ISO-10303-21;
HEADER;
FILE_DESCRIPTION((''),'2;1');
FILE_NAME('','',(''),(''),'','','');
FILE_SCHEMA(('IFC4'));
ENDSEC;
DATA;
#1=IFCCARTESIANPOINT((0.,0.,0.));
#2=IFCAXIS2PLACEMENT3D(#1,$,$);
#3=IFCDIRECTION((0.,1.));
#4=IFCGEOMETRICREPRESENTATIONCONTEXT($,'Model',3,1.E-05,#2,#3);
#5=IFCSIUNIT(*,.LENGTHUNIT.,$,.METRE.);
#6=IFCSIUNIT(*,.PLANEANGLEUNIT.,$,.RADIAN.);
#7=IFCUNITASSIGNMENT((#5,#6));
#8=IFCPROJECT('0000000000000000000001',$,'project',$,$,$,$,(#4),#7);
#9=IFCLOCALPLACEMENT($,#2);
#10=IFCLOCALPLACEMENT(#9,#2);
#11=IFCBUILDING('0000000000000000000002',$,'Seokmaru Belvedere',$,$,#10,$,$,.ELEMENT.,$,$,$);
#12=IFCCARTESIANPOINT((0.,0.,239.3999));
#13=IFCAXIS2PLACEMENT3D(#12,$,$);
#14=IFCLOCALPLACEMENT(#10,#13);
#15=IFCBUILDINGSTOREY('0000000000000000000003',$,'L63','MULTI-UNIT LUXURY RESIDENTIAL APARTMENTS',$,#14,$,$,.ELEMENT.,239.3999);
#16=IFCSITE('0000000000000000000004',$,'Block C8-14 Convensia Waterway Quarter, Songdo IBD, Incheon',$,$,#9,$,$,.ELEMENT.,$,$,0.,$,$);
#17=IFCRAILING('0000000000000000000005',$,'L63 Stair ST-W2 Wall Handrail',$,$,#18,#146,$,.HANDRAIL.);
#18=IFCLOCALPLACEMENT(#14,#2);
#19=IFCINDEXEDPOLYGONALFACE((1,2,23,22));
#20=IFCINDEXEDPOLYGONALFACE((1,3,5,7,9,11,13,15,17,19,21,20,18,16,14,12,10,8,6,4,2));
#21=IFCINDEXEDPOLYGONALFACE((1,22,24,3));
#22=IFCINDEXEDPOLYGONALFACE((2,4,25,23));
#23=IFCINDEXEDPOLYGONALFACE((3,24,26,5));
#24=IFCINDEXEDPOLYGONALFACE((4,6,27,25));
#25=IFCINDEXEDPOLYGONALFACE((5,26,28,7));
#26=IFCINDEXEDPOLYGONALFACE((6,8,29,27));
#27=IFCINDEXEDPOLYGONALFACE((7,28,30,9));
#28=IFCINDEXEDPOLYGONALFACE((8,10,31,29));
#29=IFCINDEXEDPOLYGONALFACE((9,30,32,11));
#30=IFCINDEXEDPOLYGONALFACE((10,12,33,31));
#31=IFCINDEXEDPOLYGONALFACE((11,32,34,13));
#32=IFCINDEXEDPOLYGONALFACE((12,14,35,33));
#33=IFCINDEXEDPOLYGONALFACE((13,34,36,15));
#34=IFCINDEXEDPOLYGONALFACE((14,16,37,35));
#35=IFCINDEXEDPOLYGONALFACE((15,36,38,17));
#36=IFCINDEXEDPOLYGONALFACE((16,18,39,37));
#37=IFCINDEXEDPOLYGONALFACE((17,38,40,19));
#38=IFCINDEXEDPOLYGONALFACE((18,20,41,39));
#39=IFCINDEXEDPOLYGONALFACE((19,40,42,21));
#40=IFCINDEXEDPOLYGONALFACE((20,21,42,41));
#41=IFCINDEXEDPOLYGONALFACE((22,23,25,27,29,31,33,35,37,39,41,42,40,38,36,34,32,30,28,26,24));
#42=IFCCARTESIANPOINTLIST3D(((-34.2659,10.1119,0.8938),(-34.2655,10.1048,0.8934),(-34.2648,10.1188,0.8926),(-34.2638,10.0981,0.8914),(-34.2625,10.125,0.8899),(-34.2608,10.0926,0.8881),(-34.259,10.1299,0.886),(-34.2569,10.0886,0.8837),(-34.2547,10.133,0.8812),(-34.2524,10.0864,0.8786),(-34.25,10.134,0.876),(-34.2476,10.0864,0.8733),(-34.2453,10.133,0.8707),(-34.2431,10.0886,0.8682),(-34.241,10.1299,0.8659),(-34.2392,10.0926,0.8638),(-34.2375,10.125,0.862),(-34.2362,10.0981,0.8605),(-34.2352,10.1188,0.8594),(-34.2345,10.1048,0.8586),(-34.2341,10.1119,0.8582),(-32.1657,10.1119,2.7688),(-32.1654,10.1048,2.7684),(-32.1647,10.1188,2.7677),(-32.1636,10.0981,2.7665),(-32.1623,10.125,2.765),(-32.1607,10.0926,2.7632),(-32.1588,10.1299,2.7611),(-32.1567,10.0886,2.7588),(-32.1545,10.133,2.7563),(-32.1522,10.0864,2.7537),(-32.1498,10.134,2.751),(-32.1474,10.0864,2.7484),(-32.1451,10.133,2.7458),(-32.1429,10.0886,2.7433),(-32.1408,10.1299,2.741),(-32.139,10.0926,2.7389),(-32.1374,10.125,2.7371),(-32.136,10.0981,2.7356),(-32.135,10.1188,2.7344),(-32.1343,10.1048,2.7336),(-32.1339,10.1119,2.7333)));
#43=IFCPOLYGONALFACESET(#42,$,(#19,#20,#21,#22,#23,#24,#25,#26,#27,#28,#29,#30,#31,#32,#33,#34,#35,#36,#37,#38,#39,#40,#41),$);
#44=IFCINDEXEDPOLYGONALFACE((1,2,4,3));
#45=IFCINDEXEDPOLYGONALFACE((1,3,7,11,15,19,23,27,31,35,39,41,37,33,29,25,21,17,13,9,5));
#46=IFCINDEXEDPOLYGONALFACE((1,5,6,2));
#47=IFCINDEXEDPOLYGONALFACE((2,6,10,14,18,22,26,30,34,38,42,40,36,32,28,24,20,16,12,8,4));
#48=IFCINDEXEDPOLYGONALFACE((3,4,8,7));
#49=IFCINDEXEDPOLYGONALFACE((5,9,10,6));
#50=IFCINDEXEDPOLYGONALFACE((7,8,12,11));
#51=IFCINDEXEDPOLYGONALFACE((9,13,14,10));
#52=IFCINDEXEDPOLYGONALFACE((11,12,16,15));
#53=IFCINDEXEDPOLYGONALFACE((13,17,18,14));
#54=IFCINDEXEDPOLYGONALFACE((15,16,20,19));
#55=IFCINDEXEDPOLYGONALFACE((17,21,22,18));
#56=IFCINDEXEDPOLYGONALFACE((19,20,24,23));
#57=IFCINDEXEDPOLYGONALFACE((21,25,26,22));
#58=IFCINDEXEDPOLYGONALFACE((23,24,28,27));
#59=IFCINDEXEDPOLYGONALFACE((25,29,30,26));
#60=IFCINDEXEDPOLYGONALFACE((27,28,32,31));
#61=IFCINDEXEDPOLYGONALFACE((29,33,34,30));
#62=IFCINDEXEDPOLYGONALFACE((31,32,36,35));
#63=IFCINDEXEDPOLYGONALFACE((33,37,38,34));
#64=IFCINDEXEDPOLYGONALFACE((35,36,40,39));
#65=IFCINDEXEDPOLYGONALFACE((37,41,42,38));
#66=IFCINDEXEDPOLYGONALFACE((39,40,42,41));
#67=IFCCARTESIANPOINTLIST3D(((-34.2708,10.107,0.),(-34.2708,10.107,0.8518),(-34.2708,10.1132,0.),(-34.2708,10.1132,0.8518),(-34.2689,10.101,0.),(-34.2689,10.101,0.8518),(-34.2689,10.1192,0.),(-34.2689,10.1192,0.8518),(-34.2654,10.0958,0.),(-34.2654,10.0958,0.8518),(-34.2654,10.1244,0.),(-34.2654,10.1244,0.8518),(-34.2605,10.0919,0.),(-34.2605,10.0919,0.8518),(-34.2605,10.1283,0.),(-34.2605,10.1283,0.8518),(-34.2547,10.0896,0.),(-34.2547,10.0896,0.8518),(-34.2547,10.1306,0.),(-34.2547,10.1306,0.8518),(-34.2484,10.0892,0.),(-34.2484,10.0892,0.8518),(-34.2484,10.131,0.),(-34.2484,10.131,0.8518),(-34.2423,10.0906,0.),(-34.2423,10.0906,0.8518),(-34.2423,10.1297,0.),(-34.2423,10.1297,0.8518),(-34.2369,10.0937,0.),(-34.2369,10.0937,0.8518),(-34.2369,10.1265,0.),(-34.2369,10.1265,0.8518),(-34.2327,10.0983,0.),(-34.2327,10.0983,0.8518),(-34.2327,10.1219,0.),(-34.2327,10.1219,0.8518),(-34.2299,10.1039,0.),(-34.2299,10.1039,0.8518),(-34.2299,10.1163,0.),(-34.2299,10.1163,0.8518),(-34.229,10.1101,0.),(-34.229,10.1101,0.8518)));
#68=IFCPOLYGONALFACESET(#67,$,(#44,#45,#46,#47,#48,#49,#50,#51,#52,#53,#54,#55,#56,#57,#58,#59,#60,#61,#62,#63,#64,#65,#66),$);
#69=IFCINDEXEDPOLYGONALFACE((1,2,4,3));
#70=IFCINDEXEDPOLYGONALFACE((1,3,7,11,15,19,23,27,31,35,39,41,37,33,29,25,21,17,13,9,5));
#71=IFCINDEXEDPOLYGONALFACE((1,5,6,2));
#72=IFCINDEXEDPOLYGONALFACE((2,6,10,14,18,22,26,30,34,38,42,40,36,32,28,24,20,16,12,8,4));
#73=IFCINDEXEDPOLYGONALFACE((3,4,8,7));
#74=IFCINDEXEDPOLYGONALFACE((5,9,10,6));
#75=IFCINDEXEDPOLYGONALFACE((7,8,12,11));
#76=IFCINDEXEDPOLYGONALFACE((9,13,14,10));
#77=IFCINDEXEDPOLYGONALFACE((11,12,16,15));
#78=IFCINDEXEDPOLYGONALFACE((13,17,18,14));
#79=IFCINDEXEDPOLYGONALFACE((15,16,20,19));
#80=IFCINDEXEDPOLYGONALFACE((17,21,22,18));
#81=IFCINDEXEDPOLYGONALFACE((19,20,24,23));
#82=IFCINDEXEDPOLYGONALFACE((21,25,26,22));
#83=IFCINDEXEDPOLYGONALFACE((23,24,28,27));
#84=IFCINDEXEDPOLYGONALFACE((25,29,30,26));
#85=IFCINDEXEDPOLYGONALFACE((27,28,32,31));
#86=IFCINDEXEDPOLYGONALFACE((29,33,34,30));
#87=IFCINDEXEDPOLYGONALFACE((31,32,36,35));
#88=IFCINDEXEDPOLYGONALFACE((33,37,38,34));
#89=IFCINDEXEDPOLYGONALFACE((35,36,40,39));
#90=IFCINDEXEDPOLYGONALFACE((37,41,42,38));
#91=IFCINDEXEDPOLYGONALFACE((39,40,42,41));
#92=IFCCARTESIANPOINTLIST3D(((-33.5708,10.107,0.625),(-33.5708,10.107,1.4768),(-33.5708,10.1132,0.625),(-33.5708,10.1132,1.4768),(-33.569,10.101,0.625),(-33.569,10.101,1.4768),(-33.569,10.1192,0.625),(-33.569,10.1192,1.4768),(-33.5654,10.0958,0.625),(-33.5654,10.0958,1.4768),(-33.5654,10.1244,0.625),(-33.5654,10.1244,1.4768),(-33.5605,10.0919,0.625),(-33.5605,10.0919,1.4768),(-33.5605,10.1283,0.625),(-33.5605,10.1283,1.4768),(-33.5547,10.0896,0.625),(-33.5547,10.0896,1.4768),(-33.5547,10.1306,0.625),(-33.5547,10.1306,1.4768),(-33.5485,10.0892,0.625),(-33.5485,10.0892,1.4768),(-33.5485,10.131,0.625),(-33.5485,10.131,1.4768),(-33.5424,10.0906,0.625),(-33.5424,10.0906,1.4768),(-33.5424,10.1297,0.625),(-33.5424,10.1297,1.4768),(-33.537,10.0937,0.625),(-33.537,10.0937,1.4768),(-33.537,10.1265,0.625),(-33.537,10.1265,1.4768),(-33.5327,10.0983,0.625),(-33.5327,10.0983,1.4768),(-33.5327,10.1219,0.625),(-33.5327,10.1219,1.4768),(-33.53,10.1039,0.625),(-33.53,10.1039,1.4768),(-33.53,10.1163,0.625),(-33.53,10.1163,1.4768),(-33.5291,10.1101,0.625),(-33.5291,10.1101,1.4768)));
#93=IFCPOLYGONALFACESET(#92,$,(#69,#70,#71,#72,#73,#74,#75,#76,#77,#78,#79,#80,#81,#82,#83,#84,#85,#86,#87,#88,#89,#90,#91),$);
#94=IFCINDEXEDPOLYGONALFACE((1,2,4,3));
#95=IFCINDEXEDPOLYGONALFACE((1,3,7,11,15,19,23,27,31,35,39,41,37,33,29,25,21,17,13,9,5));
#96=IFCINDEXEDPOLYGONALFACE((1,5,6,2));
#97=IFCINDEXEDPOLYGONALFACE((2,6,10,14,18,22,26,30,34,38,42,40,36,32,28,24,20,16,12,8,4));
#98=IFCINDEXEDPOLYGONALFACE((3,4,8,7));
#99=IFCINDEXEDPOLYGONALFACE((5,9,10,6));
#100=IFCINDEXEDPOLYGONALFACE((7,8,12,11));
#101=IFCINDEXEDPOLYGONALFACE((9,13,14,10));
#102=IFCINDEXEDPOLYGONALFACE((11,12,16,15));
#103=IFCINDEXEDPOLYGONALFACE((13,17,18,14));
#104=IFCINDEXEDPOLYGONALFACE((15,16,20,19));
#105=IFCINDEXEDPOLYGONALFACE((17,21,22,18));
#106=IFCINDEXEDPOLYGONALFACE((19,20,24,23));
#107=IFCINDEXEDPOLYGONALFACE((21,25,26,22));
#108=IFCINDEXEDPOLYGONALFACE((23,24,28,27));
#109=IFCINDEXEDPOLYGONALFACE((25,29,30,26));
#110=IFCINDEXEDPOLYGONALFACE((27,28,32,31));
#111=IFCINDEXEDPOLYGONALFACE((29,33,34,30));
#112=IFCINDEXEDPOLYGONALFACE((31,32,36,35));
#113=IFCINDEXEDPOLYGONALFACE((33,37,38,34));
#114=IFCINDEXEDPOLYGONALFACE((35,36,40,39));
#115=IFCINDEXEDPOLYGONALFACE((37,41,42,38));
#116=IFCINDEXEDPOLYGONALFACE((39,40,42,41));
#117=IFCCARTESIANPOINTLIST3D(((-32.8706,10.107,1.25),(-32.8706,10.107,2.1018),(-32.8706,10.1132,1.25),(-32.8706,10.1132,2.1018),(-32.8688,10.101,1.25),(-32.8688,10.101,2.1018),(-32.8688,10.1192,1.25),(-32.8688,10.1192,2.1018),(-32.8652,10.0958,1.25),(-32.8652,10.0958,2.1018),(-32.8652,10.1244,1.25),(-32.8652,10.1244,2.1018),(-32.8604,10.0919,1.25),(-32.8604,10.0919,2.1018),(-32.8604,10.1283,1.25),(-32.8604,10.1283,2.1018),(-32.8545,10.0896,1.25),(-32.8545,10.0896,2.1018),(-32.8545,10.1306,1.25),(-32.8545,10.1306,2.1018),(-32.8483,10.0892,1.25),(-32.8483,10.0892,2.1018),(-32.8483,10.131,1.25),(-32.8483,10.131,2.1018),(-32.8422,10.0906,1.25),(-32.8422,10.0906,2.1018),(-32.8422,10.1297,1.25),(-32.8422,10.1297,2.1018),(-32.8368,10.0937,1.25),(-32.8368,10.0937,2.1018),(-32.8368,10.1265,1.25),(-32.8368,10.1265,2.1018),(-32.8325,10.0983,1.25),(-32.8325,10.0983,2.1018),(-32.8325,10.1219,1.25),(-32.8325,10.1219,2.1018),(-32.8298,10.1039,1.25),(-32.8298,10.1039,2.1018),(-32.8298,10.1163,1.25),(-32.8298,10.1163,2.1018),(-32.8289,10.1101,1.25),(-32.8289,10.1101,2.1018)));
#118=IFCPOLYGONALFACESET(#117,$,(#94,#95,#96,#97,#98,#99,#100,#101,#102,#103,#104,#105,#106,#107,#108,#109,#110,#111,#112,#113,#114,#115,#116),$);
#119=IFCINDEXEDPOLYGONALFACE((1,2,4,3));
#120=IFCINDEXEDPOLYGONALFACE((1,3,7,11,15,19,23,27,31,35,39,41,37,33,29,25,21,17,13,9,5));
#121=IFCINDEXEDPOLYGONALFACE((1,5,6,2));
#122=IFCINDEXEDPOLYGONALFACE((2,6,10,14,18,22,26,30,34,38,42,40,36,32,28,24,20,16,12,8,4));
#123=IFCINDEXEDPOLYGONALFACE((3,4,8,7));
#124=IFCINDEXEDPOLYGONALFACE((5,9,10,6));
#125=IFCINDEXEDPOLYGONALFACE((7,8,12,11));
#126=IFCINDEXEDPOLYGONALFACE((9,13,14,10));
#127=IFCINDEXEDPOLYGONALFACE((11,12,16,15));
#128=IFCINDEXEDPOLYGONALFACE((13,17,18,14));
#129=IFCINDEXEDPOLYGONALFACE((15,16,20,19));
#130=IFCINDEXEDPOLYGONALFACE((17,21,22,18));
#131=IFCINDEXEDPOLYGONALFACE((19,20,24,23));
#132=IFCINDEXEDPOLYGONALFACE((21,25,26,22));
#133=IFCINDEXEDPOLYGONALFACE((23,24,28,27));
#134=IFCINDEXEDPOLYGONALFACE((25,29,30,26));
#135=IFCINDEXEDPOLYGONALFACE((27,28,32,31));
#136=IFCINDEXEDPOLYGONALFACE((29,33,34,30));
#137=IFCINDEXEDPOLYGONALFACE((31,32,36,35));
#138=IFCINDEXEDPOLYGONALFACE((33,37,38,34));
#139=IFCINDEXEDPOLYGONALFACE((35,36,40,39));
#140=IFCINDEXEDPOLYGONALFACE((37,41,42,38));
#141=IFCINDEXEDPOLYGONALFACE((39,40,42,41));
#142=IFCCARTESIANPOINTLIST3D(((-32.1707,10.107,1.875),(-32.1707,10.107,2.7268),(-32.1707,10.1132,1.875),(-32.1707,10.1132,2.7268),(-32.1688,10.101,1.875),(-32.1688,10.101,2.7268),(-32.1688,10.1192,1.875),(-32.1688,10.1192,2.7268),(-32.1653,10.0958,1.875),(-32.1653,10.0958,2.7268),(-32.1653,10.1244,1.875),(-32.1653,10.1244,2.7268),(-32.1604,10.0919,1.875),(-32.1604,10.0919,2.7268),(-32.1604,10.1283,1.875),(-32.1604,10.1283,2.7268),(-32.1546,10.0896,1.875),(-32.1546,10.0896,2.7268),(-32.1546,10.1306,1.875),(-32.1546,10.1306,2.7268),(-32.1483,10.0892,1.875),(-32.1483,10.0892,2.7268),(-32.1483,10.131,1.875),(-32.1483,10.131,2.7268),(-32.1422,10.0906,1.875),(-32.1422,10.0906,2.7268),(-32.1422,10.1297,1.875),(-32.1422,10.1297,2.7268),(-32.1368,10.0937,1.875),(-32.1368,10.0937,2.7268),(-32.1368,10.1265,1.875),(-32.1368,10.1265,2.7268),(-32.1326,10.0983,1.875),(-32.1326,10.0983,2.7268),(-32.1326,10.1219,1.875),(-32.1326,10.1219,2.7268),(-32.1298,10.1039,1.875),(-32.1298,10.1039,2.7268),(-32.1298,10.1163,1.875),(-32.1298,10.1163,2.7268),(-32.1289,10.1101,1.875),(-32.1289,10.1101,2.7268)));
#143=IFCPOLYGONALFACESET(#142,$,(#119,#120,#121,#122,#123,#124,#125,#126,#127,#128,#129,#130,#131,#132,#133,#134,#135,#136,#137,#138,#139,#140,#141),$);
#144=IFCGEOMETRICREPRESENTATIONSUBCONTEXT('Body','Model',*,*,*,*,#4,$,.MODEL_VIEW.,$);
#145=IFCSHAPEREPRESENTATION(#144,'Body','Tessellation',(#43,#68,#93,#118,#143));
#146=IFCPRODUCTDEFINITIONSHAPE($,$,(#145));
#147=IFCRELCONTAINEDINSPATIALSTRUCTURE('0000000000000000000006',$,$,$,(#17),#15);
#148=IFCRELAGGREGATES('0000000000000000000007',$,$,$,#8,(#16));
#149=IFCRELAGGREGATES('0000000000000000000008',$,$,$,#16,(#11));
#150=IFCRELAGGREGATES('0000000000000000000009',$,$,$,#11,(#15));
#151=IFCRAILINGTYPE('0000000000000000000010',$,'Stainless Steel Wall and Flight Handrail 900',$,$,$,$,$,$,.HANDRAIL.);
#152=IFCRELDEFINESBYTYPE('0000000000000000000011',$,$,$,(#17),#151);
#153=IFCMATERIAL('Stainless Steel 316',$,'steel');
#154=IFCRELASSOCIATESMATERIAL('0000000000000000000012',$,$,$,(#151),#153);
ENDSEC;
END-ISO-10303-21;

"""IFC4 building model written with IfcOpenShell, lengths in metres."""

from ifc_helpers import new_model, si_unit, direction, frame, origin, origin_2d, place, context, subcontext, project, spatial, circle, extrude, material, type_object, element, save


model = new_model("IFC4")

# Units and contexts
model_context = context("Model", 3, precision=1e-05, world=origin(), true_north=direction((0.0, 1.0)))
body_context = subcontext(model_context, "Body", "Model", "MODEL_VIEW")
ifc_project = project(units=[si_unit("LENGTHUNIT", "METRE"), si_unit("PLANEANGLEUNIT", "RADIAN")], contexts=[model_context])

# Site, building, storey
site_placement = place(None, origin())
site = spatial("IfcSite", under=ifc_project, at=site_placement, Name="Block C8-14 Convensia Waterway Quarter, Songdo IBD, Incheon", CompositionType="ELEMENT", RefElevation=0.0)
building_placement = place(site_placement, origin())
building = spatial("IfcBuilding", under=site, at=building_placement, Name="Seokmaru Belvedere", CompositionType="ELEMENT")
storey_placement = place(building_placement, frame((0.0, 0.0, 239.3999)))
storey = spatial("IfcBuildingStorey", under=building, at=storey_placement, Name="L63", Description="MULTI-UNIT LUXURY RESIDENTIAL APARTMENTS", CompositionType="ELEMENT", Elevation=239.3999)

# Railing
ifc_material_1 = material(Name="Stainless Steel 316", Category="steel")
railing_type_1 = type_object("IfcRailingType", Name="Stainless Steel Wall and Flight Handrail 900", PredefinedType="HANDRAIL", material=ifc_material_1)
railing_1_placement = place(storey_placement, frame((-34.25, 10.1101, 0.0)))
element("IfcRailing", 1, at=railing_1_placement, inside=storey, type_object=railing_type_1, Name="L63 Stair ST-W2 Wall Handrail", PredefinedType="HANDRAIL", context=body_context, shape_type="SweptSolid", body=[
    extrude(circle(Radius=0.0239, at=origin_2d()), frame((0.0, 0.0, 0.876), z_axis=(0.745953, 0.0, 0.665999), x_axis=(0.0, 1.0, 0.0)), (0.0, 0.0, 1.0), 2.8154),
    extrude(circle(Radius=0.021, at=origin_2d()), origin(), (0.0, 0.0, 1.0), 0.8518),
    extrude(circle(Radius=0.021, at=origin_2d()), frame((0.7, 0.0, 0.625)), (0.0, 0.0, 1.0), 0.8518),
    extrude(circle(Radius=0.021, at=origin_2d()), frame((1.4001, 0.0, 1.25)), (0.0, 0.0, 1.0), 0.8518),
    extrude(circle(Radius=0.021, at=origin_2d()), frame((2.1001, 0.0, 1.875)), (0.0, 0.0, 1.0), 0.8518),
])

save(model, "model.ifc")
